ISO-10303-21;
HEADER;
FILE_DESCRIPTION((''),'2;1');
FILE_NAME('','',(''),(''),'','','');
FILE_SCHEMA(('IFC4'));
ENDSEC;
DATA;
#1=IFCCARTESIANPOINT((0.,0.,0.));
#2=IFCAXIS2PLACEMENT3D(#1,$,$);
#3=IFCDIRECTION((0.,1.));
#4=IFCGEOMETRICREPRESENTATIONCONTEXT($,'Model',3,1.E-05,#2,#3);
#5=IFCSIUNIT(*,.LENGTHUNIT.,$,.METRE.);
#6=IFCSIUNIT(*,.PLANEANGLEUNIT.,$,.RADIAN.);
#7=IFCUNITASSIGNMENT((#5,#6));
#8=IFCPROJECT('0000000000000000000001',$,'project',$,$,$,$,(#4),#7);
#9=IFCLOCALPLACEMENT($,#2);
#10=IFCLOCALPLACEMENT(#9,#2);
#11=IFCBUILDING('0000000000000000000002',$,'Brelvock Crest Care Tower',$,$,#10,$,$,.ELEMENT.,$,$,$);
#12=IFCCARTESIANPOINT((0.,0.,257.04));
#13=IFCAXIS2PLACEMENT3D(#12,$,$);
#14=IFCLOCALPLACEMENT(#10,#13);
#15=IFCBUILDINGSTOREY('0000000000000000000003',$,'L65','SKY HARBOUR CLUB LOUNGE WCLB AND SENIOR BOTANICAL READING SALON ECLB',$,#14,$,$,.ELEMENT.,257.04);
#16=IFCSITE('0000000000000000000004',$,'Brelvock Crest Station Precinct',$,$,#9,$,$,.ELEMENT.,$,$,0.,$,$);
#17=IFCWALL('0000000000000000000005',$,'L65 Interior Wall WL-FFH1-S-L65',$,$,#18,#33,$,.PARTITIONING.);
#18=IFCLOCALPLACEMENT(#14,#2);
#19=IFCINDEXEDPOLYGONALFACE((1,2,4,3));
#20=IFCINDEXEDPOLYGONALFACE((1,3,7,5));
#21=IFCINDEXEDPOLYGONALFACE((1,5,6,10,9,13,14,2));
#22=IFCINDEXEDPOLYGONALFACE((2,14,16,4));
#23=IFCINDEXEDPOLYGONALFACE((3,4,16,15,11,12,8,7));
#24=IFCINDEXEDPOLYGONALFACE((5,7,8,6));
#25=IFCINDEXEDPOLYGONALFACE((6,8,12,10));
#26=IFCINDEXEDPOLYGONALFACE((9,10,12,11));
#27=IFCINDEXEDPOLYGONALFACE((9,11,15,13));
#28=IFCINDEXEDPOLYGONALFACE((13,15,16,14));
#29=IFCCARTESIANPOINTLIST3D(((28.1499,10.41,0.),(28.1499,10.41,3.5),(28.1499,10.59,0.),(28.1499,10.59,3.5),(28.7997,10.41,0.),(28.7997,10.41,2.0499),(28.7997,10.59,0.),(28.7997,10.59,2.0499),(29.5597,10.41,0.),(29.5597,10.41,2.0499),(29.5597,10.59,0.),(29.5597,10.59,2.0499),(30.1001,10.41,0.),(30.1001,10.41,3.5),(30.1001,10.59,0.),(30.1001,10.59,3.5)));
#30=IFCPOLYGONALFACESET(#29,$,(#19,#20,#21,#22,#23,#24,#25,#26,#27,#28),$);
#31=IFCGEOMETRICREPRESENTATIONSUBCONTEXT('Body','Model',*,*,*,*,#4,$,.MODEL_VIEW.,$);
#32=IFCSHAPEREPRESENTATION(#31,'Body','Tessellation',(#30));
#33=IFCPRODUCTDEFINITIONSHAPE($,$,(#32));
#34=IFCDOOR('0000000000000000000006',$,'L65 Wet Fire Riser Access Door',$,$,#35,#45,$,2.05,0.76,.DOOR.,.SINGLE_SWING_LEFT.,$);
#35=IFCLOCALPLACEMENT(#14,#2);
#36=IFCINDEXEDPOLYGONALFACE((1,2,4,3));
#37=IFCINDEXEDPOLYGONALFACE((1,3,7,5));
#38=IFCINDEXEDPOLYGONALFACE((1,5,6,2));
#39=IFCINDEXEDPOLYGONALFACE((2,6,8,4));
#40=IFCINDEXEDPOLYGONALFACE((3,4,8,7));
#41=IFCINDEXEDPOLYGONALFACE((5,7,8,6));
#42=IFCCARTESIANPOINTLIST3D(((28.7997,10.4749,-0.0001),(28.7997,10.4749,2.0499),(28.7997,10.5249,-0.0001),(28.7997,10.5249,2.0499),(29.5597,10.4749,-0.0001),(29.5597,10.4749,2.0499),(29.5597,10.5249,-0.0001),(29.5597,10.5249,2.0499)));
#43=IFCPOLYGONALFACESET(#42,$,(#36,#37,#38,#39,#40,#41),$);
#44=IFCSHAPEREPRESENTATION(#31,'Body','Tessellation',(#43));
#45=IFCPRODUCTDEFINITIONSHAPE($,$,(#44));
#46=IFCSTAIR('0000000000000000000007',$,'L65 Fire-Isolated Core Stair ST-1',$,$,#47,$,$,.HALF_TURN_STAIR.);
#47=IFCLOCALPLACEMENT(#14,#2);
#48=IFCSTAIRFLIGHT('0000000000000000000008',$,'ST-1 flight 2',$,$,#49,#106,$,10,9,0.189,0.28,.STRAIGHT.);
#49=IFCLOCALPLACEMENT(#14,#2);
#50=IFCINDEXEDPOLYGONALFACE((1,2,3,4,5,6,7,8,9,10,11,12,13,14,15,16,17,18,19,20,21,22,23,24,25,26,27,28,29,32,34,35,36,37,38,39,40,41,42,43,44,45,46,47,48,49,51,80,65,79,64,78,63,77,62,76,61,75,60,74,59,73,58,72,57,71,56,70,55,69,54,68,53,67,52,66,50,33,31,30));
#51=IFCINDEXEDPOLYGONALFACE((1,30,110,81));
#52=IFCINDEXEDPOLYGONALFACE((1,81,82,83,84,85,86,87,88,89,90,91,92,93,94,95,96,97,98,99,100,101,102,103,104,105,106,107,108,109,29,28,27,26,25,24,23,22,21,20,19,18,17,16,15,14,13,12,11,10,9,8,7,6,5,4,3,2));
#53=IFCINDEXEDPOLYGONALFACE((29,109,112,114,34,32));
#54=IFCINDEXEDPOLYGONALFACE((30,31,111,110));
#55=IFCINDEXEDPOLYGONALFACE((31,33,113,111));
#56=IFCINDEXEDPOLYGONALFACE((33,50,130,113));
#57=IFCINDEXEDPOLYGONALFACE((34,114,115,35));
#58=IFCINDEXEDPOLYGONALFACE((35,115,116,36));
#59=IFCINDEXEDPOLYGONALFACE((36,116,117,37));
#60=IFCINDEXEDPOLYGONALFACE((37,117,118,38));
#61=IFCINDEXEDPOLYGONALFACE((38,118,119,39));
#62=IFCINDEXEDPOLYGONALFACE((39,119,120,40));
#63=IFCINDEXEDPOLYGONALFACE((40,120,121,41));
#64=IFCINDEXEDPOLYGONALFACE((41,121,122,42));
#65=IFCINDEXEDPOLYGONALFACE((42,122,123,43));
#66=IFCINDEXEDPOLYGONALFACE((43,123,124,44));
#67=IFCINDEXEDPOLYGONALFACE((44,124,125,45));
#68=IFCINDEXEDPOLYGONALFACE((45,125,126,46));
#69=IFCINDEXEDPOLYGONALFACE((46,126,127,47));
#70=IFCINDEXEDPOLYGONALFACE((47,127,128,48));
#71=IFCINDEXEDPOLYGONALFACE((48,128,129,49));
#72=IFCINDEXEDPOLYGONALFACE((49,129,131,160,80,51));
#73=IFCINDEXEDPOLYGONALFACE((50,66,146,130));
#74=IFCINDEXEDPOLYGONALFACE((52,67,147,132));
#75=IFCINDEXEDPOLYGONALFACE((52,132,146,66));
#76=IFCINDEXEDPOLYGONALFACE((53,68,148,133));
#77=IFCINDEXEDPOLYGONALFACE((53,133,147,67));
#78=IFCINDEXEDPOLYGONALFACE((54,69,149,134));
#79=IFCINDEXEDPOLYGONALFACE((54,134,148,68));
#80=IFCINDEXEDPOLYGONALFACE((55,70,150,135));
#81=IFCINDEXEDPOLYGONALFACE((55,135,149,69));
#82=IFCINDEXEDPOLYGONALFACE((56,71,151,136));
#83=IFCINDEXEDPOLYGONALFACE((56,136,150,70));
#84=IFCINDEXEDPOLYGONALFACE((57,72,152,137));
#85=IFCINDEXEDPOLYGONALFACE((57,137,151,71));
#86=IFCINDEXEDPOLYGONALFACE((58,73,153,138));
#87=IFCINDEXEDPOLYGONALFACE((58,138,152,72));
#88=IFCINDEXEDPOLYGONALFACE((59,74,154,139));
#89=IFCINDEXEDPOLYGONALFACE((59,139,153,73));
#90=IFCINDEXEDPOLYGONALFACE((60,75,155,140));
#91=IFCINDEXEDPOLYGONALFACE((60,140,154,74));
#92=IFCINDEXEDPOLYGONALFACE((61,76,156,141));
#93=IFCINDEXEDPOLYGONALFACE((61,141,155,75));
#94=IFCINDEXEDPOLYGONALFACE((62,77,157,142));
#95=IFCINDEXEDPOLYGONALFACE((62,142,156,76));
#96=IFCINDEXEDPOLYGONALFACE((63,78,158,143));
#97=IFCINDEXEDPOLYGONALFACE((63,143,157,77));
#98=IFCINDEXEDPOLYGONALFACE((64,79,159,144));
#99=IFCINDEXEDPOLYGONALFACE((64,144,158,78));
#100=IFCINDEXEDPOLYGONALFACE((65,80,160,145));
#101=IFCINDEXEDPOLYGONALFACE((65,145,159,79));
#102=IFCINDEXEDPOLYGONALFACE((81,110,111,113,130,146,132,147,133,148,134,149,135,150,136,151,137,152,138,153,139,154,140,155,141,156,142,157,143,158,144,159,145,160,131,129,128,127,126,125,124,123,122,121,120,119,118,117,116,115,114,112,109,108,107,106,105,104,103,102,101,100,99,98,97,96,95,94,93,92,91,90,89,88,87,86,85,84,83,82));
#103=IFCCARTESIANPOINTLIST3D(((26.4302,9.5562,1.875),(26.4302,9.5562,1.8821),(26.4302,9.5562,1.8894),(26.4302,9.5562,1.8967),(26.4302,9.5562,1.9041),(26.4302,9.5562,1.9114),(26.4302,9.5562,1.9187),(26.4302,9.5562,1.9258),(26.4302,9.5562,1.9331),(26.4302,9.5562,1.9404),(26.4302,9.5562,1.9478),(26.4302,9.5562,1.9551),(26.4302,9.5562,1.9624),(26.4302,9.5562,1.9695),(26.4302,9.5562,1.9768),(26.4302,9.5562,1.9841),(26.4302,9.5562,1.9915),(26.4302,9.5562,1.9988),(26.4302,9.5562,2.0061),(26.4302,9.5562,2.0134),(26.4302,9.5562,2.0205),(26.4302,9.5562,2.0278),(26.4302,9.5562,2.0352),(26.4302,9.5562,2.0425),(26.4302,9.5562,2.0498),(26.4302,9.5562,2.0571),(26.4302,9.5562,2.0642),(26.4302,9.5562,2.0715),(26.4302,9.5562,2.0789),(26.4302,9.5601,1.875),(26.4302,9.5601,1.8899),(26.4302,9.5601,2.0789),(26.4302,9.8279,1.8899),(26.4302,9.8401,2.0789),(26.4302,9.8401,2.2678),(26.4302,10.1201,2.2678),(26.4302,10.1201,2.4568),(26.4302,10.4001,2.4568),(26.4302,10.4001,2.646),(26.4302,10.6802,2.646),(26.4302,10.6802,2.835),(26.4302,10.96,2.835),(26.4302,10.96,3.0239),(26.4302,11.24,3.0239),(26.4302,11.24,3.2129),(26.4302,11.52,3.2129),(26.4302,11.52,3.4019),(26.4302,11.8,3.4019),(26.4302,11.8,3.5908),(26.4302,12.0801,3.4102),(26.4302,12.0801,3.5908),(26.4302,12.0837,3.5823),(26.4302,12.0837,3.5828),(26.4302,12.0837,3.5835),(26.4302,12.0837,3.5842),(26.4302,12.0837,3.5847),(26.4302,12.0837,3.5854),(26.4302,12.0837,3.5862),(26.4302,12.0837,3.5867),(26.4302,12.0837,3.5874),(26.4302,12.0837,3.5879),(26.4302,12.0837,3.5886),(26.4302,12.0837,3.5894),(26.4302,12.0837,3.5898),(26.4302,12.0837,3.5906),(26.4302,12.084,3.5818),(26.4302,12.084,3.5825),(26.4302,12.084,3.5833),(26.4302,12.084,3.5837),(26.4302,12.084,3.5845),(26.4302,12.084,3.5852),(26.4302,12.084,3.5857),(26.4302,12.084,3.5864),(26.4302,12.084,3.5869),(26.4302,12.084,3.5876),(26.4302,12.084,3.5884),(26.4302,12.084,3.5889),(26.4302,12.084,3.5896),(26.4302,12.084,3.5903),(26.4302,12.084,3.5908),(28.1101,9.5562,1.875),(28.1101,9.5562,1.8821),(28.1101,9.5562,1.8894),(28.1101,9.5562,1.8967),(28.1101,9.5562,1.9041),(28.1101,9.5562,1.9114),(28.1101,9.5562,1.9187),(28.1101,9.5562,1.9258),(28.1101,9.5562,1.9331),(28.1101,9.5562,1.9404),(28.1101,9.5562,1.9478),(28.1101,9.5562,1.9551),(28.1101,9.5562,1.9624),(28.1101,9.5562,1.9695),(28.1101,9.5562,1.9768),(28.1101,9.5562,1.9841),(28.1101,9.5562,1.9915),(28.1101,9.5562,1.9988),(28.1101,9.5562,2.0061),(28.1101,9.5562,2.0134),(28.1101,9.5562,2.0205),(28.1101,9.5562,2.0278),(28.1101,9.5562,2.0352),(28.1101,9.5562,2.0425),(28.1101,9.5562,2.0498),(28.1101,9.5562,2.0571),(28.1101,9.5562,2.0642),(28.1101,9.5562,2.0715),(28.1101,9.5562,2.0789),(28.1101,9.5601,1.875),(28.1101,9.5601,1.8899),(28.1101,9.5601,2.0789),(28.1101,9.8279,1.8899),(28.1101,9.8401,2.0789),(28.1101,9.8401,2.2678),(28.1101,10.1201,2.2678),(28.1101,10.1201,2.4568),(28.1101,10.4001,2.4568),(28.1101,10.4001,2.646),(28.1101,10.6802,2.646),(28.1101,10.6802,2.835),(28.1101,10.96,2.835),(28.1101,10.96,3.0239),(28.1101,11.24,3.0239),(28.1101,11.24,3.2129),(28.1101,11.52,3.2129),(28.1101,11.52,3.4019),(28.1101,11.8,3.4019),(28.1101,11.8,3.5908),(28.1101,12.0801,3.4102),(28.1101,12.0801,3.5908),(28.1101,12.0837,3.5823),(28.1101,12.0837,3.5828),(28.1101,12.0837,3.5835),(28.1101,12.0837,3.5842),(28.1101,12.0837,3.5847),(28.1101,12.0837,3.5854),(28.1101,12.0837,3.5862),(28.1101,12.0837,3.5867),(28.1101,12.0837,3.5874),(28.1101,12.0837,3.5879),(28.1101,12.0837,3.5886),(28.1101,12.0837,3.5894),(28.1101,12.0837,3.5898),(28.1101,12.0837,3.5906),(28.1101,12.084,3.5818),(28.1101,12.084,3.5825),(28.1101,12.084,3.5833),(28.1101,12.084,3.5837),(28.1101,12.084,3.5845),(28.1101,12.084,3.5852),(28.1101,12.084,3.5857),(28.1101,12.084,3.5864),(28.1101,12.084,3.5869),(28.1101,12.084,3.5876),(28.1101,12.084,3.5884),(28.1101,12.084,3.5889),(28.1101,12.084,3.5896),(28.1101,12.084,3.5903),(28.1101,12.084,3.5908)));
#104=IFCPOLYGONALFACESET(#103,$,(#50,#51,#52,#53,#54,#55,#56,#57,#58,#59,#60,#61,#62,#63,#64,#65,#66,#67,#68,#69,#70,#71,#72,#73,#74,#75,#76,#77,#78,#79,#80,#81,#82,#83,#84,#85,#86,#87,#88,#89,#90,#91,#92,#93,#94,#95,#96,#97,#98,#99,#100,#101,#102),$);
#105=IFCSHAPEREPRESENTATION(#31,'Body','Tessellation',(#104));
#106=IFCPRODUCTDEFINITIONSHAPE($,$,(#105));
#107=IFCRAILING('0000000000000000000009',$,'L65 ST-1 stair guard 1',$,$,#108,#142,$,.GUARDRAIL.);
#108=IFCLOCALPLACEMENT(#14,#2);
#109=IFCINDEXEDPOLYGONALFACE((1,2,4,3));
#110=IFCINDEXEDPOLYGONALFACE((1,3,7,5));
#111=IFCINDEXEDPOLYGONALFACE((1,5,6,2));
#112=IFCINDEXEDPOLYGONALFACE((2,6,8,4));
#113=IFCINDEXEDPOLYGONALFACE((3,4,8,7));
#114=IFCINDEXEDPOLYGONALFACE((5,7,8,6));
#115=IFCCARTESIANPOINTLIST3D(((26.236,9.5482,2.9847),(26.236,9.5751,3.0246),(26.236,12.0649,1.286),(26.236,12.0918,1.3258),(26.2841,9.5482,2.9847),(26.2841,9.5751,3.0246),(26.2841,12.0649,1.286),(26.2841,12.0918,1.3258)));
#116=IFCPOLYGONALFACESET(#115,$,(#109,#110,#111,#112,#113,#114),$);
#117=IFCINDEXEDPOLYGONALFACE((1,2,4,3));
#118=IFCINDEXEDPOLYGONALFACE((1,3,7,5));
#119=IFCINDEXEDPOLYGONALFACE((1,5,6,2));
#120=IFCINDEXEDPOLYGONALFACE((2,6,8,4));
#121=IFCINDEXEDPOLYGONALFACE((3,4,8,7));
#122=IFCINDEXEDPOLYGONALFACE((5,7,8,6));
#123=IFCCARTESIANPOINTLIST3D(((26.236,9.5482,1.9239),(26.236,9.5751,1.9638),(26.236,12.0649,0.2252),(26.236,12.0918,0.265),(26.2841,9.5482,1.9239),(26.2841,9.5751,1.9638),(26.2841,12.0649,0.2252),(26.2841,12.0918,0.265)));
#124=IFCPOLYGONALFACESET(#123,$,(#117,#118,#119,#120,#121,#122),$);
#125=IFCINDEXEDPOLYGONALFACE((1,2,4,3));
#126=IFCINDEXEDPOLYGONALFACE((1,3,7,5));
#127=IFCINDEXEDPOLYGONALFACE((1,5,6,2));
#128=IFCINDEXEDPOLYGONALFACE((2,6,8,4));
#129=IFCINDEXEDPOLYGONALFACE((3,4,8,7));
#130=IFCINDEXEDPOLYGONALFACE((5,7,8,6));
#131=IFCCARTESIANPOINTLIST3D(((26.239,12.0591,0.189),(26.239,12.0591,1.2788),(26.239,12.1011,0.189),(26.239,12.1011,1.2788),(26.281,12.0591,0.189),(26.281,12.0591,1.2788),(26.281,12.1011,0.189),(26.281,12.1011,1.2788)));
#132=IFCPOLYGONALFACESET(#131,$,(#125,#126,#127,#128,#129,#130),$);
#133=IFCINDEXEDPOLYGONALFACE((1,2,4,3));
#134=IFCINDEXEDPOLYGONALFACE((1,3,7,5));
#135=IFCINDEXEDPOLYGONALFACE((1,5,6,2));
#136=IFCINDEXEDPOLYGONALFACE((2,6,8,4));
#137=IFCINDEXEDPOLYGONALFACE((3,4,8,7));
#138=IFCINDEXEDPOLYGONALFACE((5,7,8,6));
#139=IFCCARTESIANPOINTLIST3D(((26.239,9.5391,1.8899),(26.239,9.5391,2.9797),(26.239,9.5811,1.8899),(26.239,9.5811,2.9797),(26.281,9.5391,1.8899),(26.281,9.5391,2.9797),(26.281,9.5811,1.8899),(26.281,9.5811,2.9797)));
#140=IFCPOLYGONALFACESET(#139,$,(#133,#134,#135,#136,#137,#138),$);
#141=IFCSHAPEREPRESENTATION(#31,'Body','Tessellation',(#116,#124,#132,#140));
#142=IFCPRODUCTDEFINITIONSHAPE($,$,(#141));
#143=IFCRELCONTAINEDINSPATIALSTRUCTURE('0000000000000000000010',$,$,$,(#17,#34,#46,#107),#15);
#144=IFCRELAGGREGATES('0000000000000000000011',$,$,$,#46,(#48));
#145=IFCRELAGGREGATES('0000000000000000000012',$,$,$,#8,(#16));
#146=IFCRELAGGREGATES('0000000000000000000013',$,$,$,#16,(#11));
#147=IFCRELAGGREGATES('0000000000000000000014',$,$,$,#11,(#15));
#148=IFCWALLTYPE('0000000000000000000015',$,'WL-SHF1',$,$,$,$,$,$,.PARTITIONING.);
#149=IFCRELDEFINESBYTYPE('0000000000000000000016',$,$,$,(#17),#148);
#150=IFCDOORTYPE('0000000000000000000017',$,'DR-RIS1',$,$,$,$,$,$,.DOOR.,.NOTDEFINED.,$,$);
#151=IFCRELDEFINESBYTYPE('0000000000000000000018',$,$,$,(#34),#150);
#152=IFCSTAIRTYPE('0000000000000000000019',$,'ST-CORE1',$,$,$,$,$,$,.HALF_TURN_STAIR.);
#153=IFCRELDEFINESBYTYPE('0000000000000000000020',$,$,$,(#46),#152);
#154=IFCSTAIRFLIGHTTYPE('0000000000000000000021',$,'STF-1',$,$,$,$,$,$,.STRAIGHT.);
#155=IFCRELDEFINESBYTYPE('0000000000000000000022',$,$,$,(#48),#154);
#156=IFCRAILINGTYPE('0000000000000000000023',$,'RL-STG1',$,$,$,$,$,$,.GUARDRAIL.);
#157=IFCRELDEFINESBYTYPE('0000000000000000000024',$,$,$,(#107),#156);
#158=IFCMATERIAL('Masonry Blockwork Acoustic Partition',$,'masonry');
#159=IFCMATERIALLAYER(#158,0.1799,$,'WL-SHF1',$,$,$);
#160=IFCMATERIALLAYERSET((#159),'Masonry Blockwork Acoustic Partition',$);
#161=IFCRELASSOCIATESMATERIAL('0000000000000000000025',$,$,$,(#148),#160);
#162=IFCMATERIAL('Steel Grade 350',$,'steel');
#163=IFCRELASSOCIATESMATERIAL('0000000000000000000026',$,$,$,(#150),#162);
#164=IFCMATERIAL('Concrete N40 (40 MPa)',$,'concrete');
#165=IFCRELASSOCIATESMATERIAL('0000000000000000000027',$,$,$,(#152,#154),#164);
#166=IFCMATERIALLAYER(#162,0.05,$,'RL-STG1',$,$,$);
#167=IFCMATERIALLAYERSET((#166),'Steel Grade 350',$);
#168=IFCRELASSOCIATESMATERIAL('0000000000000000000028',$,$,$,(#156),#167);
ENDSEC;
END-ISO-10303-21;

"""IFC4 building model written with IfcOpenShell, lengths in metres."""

from ifc_helpers import new_model, si_unit, direction, frame, frame_2d, origin, origin_2d, place, context, subcontext, project, spatial, polyline, rectangle, outline, extrude, source, transform, mapped, material, layer, layer_set, type_object, element, fill, aggregate, save


model = new_model("IFC4")

# Units and contexts
model_context = context("Model", 3, precision=1e-05, world=origin(), true_north=direction((0.0, 1.0)))
body_context = subcontext(model_context, "Body", "Model", "MODEL_VIEW")
ifc_project = project(units=[si_unit("LENGTHUNIT", "METRE"), si_unit("PLANEANGLEUNIT", "RADIAN")], contexts=[model_context])

# Site, building, storey
site_placement = place(None, origin())
site = spatial("IfcSite", under=ifc_project, at=site_placement, Name="Brelvock Crest Station Precinct", CompositionType="ELEMENT", RefElevation=0.0)
building_placement = place(site_placement, origin())
building = spatial("IfcBuilding", under=site, at=building_placement, Name="Brelvock Crest Care Tower", CompositionType="ELEMENT")
storey_placement = place(building_placement, frame((0.0, 0.0, 257.04)))
storey = spatial("IfcBuildingStorey", under=building, at=storey_placement, Name="L65", Description="SKY HARBOUR CLUB LOUNGE WCLB AND SENIOR BOTANICAL READING SALON ECLB", CompositionType="ELEMENT", Elevation=257.04)

# Shared definitions
ifc_material_1 = material(Name="Steel Grade 350", Category="steel")

# Shared definitions
ifc_material_2 = material(Name="Masonry Blockwork Acoustic Partition", Category="masonry")

# Wall, opening, door
ifc_layer_1 = layer(ifc_material_2, 0.1799, Name="WL-SHF1")
ifc_layer_set_1 = layer_set([ifc_layer_1], Name="Masonry Blockwork Acoustic Partition")
wall_type_1 = type_object("IfcWallType", Name="WL-SHF1", PredefinedType="PARTITIONING", material=ifc_layer_set_1)
wall_1_placement = place(storey_placement, frame((28.1499, 10.5, 0.0), z_axis=(0.0, 0.0, 1.0), x_axis=(1.0, 0.0, 0.0)))
wall_1 = element("IfcWall", 1, at=wall_1_placement, inside=storey, type_object=wall_type_1, Name="L65 Interior Wall WL-FFH1-S-L65", PredefinedType="PARTITIONING", context=body_context, shape_type="SweptSolid", body=[
    extrude(rectangle(XDim=1.9502, YDim=0.1799, at=frame_2d((0.9751, 0.0))), origin(), (0.0, 0.0, 1.0), 3.5),
])
opening_1_placement = place(wall_1_placement, frame((0.6499, 0.0, 0.0)))
opening_1 = element("IfcOpeningElement", 2, at=opening_1_placement, cuts=wall_1, PredefinedType="OPENING", context=body_context, shape_type="SweptSolid", body=[
    extrude(rectangle(XDim=0.76, YDim=2.05, at=origin_2d()), frame((0.3799, 0.1001, 1.0249), z_axis=(0.0, -1.0, 0.0), x_axis=(1.0, 0.0, 0.0)), (0.0, 0.0, 1.0), 0.2),
])
door_type_1 = type_object("IfcDoorType", Name="DR-RIS1", OperationType="NOTDEFINED", PredefinedType="DOOR", material=ifc_material_1)
shared_shape_1 = source(origin(), body_context, "Body", "SweptSolid", [
    extrude(rectangle(XDim=0.76, YDim=2.05, at=origin_2d()), frame((0.3799, 0.0249, 1.0249), z_axis=(0.0, -1.0, 0.0), x_axis=(1.0, 0.0, 0.0)), (0.0, 0.0, 1.0), 0.05),
])
door_1_placement = place(opening_1_placement, origin())
door_1 = element("IfcDoor", 3, at=door_1_placement, inside=storey, type_object=door_type_1, Name="L65 Wet Fire Riser Access Door", OperationType="SINGLE_SWING_LEFT", OverallHeight=2.05, OverallWidth=0.76, PredefinedType="DOOR", context=body_context, shape_type="MappedRepresentation", body=[
    mapped(shared_shape_1, transform((0.0, 0.0, 0.0), x_axis=(1.0, 0.0, 0.0), y_axis=(0.0, 1.0, 0.0), z_axis=(0.0, 0.0, 1.0), scale=1.0)),
])
fill(opening_1, door_1)

# Stair, stair flight
ifc_material_3 = material(Name="Concrete N40 (40 MPa)", Category="concrete")
stair_type = type_object("IfcStairType", Name="ST-CORE1", PredefinedType="HALF_TURN_STAIR", material=ifc_material_3)
stair_placement = place(storey_placement, origin())
stair = element("IfcStair", 4, at=stair_placement, inside=storey, type_object=stair_type, Name="L65 Fire-Isolated Core Stair ST-1", PredefinedType="HALF_TURN_STAIR")
stair_flight_type = type_object("IfcStairFlightType", Name="STF-1", PredefinedType="STRAIGHT", material=ifc_material_3)
stair_flight_placement = place(storey_placement, frame((27.27, 9.5601, 1.8899), z_axis=(0.0, 0.0, 1.0), x_axis=(0.0, 1.0, 0.0)))
stair_flight = element("IfcStairFlight", 5, at=stair_flight_placement, type_object=stair_flight_type, Name="ST-1 flight 2", NumberOfRisers=10, NumberOfTreads=9, PredefinedType="STRAIGHT", RiserHeight=0.189, TreadLength=0.28, context=body_context, shape_type="SweptSolid", body=[
    extrude(outline(polyline([(-0.0039, -0.0149), (-0.0039, -0.0078), (-0.0039, -0.0005), (-0.0039, 0.0068), (-0.0039, 0.0142), (-0.0039, 0.0215), (-0.0039, 0.0288), (-0.0039, 0.0359), (-0.0039, 0.0432), (-0.0039, 0.0505), (-0.0039, 0.0579), (-0.0039, 0.0652), (-0.0039, 0.0725), (-0.0039, 0.0796), (-0.0039, 0.0869), (-0.0039, 0.0942), (-0.0039, 0.1016), (-0.0039, 0.1089), (-0.0039, 0.1162), (-0.0039, 0.1235), (-0.0039, 0.1306), (-0.0039, 0.1379), (-0.0039, 0.1453), (-0.0039, 0.1526), (-0.0039, 0.1599), (-0.0039, 0.1672), (-0.0039, 0.1743), (-0.0039, 0.1816), (-0.0039, 0.189), (0.0, 0.189), (0.28, 0.189), (0.28, 0.3779), (0.5601, 0.3779), (0.5601, 0.5669), (0.8401, 0.5669), (0.8401, 0.7561), (1.1201, 0.7561), (1.1201, 0.9451), (1.3999, 0.9451), (1.3999, 1.134), (1.6799, 1.134), (1.6799, 1.323), (1.96, 1.323), (1.96, 1.512), (2.24, 1.512), (2.24, 1.7009), (2.52, 1.7009), (2.5239, 1.7009), (2.5237, 1.7007), (2.5239, 1.7004), (2.5237, 1.7), (2.5239, 1.6997), (2.5237, 1.6995), (2.5239, 1.699), (2.5237, 1.6987), (2.5239, 1.6985), (2.5237, 1.698), (2.5239, 1.6978), (2.5237, 1.6975), (2.5239, 1.697), (2.5237, 1.6968), (2.5239, 1.6965), (2.5237, 1.6963), (2.5239, 1.6958), (2.5237, 1.6956), (2.5239, 1.6953), (2.5237, 1.6948), (2.5239, 1.6946), (2.5237, 1.6943), (2.5239, 1.6938), (2.5237, 1.6936), (2.5239, 1.6934), (2.5237, 1.6929), (2.5239, 1.6926), (2.5237, 1.6924), (2.5239, 1.6919), (2.52, 1.5203), (0.2678, 0.0), (0.0, 0.0), (0.0, -0.0149), (-0.0039, -0.0149)])), frame((0.0, 0.8398, 0.0), z_axis=(0.0, -1.0, 0.0), x_axis=(1.0, 0.0, 0.0)), (0.0, 0.0, 1.0), 1.6799),
])
aggregate(stair, [stair_flight])

# Railing
ifc_layer_2 = layer(ifc_material_1, 0.05, Name="RL-STG1")
ifc_layer_set_2 = layer_set([ifc_layer_2], Name="Steel Grade 350")
railing_type_1 = type_object("IfcRailingType", Name="RL-STG1", PredefinedType="GUARDRAIL", material=ifc_layer_set_2)
railing_1_placement = place(storey_placement, frame((26.26, 12.0801, 0.189)))
element("IfcRailing", 6, at=railing_1_placement, inside=storey, type_object=railing_type_1, Name="L65 ST-1 stair guard 1", PredefinedType="GUARDRAIL", context=body_context, shape_type="SweptSolid", body=[
    extrude(rectangle(XDim=0.0481, YDim=0.0481, at=origin_2d()), frame((0.0, -0.0017, 1.1169), z_axis=(0.0, -0.828862, 0.559454), x_axis=(1.0, 0.0, 0.0)), (0.0, 0.0, 1.0), 3.0364),
    extrude(rectangle(XDim=0.0481, YDim=0.0481, at=origin_2d()), frame((0.0, -0.0017, 0.0562), z_axis=(0.0, -0.828862, 0.559454), x_axis=(1.0, 0.0, 0.0)), (0.0, 0.0, 1.0), 3.0364),
    extrude(rectangle(XDim=0.042, YDim=0.042, at=origin_2d()), origin(), (0.0, 0.0, 1.0), 1.0898),
    extrude(rectangle(XDim=0.042, YDim=0.042, at=origin_2d()), frame((0.0, -2.52, 1.7009)), (0.0, 0.0, 1.0), 1.0898),
])

save(model, "model.ifc")
